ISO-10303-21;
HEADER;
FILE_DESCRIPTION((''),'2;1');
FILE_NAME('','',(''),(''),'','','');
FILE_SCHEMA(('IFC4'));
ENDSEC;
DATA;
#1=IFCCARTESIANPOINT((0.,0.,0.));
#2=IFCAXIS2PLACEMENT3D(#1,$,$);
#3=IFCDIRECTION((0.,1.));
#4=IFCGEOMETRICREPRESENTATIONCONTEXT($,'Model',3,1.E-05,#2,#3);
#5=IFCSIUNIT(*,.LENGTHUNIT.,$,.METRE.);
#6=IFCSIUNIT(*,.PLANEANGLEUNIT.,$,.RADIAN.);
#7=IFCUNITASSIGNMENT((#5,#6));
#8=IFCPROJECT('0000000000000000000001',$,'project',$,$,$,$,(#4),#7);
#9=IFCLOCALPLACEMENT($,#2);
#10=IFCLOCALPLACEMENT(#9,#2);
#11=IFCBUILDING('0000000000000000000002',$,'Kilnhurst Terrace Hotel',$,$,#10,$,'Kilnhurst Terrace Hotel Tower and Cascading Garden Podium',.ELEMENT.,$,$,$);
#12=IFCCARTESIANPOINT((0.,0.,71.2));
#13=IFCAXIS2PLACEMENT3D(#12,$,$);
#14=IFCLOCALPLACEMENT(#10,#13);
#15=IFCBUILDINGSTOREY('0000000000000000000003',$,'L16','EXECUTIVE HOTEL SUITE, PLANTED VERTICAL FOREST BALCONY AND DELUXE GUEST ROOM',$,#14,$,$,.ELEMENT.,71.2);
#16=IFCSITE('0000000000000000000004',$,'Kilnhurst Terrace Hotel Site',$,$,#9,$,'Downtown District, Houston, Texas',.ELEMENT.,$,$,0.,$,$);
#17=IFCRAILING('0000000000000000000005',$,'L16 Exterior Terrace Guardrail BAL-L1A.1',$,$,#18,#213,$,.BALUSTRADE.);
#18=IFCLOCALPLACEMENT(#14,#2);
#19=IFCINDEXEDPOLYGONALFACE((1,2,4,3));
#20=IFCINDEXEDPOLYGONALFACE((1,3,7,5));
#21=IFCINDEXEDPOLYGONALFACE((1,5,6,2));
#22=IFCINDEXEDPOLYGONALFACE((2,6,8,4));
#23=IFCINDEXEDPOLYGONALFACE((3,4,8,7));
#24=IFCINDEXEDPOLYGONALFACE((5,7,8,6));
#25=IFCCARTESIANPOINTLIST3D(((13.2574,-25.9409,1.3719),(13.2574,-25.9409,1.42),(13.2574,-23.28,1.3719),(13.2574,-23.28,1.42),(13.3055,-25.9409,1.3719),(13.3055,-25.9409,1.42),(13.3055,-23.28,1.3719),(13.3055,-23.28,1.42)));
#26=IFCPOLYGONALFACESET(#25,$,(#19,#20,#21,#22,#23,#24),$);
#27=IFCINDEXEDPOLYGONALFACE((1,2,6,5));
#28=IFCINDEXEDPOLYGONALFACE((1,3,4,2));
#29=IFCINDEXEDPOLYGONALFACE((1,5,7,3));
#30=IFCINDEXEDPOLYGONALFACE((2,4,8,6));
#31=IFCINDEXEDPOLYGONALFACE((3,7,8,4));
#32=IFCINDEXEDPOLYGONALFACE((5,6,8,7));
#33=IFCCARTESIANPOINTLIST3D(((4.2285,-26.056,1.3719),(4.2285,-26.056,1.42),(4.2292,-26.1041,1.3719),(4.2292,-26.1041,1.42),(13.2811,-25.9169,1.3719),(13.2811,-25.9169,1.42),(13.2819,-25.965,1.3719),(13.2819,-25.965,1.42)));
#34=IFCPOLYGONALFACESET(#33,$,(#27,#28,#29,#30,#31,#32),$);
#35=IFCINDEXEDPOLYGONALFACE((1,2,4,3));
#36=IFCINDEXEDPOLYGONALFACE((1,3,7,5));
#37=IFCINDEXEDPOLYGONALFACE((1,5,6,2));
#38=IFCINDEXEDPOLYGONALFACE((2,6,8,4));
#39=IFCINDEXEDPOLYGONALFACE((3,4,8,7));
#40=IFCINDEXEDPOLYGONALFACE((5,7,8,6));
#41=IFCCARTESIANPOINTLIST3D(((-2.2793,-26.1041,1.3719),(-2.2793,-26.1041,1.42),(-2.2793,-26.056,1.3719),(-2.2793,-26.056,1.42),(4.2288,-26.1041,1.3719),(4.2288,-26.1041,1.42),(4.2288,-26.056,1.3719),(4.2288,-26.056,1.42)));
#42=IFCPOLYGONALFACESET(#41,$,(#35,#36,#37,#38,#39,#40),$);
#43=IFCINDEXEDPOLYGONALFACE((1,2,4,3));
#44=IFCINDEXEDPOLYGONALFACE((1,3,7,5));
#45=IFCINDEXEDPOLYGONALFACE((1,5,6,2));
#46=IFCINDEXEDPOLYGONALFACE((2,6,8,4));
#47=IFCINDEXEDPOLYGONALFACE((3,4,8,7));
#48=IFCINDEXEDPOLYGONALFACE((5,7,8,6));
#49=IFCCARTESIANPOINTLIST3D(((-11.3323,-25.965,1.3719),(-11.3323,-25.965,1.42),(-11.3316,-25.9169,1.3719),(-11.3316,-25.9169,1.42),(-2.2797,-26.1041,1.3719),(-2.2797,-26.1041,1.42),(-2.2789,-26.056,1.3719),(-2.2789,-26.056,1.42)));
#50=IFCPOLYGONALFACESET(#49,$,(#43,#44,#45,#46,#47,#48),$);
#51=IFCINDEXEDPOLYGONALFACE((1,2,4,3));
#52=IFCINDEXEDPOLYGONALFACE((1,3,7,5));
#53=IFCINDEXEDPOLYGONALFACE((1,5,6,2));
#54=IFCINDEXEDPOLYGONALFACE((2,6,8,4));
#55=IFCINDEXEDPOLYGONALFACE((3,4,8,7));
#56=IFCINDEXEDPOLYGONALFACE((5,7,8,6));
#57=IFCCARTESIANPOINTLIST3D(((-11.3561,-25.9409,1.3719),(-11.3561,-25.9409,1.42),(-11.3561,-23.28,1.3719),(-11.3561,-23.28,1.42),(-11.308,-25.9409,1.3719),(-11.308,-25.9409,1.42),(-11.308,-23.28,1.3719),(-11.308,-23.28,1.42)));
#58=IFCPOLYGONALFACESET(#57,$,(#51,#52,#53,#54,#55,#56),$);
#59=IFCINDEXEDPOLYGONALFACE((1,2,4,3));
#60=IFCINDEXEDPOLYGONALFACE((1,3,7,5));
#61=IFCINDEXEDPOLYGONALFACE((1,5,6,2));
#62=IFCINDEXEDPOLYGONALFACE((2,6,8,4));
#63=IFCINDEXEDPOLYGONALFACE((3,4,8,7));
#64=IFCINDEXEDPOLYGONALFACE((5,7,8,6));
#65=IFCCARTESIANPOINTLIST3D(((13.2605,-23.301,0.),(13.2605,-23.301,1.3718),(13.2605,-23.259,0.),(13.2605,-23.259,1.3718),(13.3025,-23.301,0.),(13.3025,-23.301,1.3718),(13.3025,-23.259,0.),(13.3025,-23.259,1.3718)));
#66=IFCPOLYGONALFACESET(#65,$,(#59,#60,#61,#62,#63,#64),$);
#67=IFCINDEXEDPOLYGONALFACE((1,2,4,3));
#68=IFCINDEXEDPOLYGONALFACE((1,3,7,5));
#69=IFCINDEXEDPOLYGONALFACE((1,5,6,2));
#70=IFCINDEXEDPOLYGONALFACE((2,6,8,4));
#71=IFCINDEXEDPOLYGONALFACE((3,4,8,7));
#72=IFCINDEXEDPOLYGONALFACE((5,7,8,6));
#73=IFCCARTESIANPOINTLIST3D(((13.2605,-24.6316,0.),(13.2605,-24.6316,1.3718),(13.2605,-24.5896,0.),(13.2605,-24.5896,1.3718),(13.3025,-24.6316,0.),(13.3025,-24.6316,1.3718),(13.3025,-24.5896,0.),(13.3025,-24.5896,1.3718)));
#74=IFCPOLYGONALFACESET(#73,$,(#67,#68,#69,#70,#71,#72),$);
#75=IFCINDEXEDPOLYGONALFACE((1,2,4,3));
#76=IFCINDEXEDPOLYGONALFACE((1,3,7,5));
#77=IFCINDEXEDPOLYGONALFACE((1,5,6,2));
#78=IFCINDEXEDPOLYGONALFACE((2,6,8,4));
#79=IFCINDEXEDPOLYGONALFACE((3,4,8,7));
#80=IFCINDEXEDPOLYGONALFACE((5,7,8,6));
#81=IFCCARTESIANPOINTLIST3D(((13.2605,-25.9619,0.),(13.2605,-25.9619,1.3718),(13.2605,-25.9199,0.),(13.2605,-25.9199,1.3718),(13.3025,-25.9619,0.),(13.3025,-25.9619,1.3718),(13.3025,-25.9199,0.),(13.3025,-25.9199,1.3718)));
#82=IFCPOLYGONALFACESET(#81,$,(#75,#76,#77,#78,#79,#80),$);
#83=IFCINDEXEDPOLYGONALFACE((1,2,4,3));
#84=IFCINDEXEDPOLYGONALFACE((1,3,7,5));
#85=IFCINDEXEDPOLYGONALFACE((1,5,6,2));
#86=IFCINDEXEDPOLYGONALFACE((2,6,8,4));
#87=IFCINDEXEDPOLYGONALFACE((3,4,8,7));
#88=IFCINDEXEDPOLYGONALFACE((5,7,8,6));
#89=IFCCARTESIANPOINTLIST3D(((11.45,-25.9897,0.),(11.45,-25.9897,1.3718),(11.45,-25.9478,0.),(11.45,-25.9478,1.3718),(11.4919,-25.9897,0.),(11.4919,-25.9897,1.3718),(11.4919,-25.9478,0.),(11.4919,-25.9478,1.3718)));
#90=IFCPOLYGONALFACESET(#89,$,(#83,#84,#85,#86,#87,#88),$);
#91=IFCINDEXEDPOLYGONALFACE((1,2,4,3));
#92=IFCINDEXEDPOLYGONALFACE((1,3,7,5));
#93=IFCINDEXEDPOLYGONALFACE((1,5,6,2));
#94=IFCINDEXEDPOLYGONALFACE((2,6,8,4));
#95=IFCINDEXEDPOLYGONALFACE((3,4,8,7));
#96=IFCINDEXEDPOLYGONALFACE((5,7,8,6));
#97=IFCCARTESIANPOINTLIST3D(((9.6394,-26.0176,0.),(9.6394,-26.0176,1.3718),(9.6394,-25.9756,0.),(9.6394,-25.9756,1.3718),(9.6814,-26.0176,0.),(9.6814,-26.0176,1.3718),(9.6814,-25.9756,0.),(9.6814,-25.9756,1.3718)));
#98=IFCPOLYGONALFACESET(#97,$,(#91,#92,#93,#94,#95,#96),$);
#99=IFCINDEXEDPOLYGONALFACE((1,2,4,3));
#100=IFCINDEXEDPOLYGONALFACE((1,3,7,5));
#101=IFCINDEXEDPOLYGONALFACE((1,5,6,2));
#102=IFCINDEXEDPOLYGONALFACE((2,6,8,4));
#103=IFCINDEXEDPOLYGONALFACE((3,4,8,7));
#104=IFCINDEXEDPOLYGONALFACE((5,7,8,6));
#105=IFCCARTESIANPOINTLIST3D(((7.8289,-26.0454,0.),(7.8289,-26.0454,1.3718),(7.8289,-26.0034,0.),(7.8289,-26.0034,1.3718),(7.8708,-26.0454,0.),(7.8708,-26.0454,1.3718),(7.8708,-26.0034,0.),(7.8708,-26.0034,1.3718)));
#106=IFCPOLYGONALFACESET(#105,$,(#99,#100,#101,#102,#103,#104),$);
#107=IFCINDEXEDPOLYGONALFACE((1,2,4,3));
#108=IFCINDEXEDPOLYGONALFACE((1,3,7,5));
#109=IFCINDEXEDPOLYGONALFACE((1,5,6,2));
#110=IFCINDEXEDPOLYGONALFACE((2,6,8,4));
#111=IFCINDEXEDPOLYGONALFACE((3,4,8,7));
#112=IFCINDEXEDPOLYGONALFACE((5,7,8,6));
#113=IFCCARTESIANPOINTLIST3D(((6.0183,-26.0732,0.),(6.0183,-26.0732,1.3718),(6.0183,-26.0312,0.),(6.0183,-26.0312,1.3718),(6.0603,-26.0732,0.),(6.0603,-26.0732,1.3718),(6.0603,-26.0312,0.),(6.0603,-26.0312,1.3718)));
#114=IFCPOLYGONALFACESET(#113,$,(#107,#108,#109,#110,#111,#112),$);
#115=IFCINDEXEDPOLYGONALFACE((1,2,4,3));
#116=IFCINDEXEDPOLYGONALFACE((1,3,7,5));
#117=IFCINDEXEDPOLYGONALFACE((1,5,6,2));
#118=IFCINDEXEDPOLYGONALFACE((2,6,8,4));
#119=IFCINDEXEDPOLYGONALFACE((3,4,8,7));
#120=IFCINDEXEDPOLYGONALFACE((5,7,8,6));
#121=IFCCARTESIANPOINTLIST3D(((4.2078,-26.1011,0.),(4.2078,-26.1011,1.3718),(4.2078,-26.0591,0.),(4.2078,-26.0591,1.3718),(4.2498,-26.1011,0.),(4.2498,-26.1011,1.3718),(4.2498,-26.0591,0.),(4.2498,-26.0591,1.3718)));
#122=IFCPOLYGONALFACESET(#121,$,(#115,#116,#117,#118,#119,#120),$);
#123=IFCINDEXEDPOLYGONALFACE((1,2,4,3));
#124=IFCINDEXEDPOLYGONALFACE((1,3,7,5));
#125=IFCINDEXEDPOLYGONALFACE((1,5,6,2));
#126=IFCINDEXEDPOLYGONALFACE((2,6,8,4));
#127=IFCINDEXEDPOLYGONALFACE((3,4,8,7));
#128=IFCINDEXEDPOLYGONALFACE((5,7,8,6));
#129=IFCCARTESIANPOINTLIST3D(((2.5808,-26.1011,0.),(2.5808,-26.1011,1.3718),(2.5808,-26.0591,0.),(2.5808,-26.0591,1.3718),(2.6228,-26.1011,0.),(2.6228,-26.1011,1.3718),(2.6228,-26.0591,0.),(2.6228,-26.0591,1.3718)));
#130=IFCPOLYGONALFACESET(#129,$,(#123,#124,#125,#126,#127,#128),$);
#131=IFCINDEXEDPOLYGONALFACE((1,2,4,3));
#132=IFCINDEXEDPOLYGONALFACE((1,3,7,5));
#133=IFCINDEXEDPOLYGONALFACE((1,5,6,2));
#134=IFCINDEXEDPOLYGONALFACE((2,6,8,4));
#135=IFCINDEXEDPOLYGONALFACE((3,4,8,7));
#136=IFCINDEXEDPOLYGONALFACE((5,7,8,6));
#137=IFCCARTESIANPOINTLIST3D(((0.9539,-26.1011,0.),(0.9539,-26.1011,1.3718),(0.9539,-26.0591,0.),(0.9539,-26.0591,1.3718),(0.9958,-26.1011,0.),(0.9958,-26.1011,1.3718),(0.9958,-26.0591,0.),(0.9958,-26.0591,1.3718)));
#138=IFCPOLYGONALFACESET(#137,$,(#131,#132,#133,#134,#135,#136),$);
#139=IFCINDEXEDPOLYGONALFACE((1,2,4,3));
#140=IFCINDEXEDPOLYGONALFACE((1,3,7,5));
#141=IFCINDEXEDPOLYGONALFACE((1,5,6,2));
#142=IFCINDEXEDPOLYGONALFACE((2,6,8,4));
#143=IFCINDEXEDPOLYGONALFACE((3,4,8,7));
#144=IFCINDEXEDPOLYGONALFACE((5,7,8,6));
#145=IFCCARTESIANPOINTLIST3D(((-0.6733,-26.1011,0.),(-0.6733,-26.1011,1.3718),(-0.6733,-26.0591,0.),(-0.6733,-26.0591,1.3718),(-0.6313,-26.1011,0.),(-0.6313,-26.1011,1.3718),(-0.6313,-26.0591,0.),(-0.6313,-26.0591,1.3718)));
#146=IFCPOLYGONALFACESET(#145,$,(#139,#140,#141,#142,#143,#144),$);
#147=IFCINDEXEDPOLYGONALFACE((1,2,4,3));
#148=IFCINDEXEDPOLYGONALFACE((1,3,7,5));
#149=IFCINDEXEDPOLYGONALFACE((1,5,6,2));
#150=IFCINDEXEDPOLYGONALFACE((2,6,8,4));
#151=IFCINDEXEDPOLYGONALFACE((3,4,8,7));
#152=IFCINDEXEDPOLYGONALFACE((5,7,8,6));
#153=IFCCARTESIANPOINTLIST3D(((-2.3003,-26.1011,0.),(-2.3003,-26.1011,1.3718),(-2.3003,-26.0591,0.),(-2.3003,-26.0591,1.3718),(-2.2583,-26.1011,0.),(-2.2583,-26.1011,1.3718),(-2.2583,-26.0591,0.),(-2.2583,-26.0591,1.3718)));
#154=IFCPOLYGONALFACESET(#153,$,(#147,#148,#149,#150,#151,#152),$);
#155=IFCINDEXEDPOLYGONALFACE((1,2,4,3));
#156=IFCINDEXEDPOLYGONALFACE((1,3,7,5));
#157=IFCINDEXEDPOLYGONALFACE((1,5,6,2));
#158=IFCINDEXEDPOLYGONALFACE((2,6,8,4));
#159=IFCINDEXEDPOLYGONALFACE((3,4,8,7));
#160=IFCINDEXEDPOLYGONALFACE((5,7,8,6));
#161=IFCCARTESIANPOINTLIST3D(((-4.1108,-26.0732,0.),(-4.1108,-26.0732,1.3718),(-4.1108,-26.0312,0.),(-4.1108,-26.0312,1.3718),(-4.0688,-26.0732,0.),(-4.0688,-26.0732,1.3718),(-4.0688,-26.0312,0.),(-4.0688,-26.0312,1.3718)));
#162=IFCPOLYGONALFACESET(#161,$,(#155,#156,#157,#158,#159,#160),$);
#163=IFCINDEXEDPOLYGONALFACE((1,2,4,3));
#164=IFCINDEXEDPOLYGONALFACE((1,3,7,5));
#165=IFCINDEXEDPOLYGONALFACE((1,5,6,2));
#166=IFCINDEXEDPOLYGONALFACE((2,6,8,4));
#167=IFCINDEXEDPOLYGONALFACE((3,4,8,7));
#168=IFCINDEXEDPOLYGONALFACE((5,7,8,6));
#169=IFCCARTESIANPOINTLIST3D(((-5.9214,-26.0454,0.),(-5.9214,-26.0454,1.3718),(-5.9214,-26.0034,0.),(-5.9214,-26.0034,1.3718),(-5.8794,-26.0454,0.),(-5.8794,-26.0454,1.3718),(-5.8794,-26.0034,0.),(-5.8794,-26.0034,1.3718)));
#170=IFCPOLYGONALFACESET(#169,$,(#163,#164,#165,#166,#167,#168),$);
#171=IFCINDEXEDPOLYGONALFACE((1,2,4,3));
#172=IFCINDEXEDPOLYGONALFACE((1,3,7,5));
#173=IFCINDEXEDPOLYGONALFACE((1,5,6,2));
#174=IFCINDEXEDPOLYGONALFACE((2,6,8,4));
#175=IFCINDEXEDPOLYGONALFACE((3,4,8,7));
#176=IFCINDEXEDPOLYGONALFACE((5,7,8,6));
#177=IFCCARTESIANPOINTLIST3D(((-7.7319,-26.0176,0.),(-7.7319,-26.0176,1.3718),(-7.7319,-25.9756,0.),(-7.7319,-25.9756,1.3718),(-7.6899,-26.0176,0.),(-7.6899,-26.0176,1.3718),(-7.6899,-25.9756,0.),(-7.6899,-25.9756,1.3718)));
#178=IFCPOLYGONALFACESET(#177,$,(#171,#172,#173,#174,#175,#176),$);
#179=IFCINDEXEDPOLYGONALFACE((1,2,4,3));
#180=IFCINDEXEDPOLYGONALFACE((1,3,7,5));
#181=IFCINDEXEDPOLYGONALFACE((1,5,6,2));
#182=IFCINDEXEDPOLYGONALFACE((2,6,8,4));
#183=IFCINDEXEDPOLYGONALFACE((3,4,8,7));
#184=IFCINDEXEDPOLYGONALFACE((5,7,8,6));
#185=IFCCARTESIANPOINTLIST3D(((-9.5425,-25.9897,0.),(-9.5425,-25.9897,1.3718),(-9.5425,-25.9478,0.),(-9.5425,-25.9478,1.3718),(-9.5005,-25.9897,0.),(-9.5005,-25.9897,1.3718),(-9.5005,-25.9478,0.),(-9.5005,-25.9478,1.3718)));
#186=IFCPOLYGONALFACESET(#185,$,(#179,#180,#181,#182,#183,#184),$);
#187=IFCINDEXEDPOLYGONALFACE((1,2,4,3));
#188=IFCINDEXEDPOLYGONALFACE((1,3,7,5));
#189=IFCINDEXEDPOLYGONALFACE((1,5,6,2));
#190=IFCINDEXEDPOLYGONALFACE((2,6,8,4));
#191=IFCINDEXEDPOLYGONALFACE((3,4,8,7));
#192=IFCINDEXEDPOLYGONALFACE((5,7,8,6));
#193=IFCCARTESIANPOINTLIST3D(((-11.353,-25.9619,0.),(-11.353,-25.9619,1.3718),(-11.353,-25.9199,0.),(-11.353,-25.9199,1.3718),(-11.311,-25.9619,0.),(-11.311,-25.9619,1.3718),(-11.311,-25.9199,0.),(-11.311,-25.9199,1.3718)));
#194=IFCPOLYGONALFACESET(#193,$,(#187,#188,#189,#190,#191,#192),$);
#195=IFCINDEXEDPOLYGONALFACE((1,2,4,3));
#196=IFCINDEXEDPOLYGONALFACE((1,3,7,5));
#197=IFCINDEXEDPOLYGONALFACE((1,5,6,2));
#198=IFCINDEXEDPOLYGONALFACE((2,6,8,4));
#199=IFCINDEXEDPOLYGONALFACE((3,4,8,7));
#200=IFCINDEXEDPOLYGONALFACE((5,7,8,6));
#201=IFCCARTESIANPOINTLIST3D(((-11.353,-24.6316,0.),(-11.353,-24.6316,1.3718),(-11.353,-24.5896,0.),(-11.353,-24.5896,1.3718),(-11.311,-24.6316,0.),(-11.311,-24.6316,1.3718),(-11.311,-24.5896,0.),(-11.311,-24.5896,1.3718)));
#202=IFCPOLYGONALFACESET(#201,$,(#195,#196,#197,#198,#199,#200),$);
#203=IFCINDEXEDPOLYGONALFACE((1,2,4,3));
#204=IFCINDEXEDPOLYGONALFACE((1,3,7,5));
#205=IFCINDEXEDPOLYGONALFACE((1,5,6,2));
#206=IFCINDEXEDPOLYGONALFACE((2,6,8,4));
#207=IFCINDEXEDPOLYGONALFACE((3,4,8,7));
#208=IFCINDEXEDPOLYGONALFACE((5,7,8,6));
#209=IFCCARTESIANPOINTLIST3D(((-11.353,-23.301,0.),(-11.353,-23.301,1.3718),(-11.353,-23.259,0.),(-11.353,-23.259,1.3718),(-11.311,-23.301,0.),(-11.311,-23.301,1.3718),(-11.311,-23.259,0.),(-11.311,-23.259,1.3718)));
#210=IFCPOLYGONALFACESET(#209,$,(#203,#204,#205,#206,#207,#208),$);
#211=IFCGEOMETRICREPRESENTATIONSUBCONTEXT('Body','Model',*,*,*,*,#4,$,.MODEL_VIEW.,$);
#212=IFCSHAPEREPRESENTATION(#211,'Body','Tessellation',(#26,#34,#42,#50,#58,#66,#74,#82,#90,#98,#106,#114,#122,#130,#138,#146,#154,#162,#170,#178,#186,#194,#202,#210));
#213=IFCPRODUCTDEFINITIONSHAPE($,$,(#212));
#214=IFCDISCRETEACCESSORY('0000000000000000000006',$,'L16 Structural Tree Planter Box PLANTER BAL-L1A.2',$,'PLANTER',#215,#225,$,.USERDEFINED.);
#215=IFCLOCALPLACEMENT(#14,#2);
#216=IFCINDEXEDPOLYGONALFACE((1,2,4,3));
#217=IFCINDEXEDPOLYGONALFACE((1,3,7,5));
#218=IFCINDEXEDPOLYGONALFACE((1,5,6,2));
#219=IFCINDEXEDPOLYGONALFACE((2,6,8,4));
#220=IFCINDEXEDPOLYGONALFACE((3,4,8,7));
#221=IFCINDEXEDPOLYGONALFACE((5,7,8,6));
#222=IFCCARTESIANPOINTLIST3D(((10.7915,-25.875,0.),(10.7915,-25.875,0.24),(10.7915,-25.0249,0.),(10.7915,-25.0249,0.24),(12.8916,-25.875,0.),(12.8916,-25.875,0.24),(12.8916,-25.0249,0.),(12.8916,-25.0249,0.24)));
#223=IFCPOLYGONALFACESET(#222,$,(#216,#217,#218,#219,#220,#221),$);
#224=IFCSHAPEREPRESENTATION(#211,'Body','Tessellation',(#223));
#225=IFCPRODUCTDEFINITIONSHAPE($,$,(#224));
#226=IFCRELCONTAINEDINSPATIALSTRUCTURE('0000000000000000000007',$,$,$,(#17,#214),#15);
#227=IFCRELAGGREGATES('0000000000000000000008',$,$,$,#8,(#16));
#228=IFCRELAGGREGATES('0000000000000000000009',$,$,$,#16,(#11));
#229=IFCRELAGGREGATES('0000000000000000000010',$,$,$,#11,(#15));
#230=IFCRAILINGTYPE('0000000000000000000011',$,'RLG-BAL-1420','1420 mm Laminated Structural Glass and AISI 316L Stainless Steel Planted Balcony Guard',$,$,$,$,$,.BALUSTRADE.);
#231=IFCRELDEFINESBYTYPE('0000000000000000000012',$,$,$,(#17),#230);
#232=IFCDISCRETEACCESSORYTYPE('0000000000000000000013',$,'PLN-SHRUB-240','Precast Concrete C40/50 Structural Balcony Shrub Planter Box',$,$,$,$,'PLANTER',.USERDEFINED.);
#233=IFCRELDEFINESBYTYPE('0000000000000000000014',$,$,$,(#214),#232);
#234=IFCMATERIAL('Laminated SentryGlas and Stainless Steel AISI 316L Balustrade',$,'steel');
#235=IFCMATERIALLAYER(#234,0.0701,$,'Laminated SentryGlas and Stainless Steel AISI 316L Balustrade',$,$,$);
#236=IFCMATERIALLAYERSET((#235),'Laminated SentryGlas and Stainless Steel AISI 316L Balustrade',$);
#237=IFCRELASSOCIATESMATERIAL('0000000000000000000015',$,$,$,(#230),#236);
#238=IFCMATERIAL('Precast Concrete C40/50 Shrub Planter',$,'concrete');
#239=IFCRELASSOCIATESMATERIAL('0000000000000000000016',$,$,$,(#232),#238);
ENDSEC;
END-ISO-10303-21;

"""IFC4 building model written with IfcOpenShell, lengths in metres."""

from ifc_helpers import new_model, si_unit, direction, frame, origin, origin_2d, place, context, subcontext, project, spatial, rectangle, extrude, material, layer, layer_set, type_object, element, save


model = new_model("IFC4")

# Units and contexts
model_context = context("Model", 3, precision=1e-05, world=origin(), true_north=direction((0.0, 1.0)))
body_context = subcontext(model_context, "Body", "Model", "MODEL_VIEW")
ifc_project = project(units=[si_unit("LENGTHUNIT", "METRE"), si_unit("PLANEANGLEUNIT", "RADIAN")], contexts=[model_context])

# Site, building, storey
site_placement = place(None, origin())
site = spatial("IfcSite", under=ifc_project, at=site_placement, Name="Kilnhurst Terrace Hotel Site", LongName="Downtown District, Houston, Texas", CompositionType="ELEMENT", RefElevation=0.0)
building_placement = place(site_placement, origin())
building = spatial("IfcBuilding", under=site, at=building_placement, Name="Kilnhurst Terrace Hotel", LongName="Kilnhurst Terrace Hotel Tower and Cascading Garden Podium", CompositionType="ELEMENT")
storey_placement = place(building_placement, frame((0.0, 0.0, 71.2)))
storey = spatial("IfcBuildingStorey", under=building, at=storey_placement, Name="L16", Description="EXECUTIVE HOTEL SUITE, PLANTED VERTICAL FOREST BALCONY AND DELUXE GUEST ROOM", CompositionType="ELEMENT", Elevation=71.2)

# Railing
ifc_material_1 = material(Name="Laminated SentryGlas and Stainless Steel AISI 316L Balustrade", Category="steel")
ifc_layer_1 = layer(ifc_material_1, 0.0701, Name="Laminated SentryGlas and Stainless Steel AISI 316L Balustrade")
ifc_layer_set_1 = layer_set([ifc_layer_1], Name="Laminated SentryGlas and Stainless Steel AISI 316L Balustrade")
railing_type = type_object("IfcRailingType", Name="RLG-BAL-1420", Description="1420 mm Laminated Structural Glass and AISI 316L Stainless Steel Planted Balcony Guard", PredefinedType="BALUSTRADE", material=ifc_layer_set_1)
railing_placement = place(storey_placement, frame((13.2815, -23.28, 0.0)))
element("IfcRailing", 1, at=railing_placement, inside=storey, type_object=railing_type, Name="L16 Exterior Terrace Guardrail BAL-L1A.1", PredefinedType="BALUSTRADE", context=body_context, shape_type="SweptSolid", body=[
    extrude(rectangle(XDim=0.0481, YDim=0.0481, at=origin_2d()), frame((0.0, 0.0, 1.396), z_axis=(0.0, -1.0, 0.0), x_axis=(1.0, 0.0, 0.0)), (0.0, 0.0, 1.0), 2.6609),
    extrude(rectangle(XDim=0.0481, YDim=0.0481, at=origin_2d()), frame((0.0, -2.6609, 1.396), z_axis=(-0.999882, -0.01537, 0.0), x_axis=(0.01537, -0.999882, 0.0)), (0.0, 0.0, 1.0), 9.0537),
    extrude(rectangle(XDim=0.0481, YDim=0.0481, at=origin_2d()), frame((-9.0527, -2.8, 1.396), z_axis=(-1.0, 0.0, 0.0), x_axis=(0.0, -1.0, 0.0)), (0.0, 0.0, 1.0), 6.5081),
    extrude(rectangle(XDim=0.0481, YDim=0.0481, at=origin_2d()), frame((-15.5608, -2.8, 1.396), z_axis=(-0.999882, 0.01537, 0.0), x_axis=(-0.01537, -0.999882, 0.0)), (0.0, 0.0, 1.0), 9.0537),
    extrude(rectangle(XDim=0.0481, YDim=0.0481, at=origin_2d()), frame((-24.6135, -2.6609, 1.396), z_axis=(0.0, 1.0, 0.0), x_axis=(-1.0, 0.0, 0.0)), (0.0, 0.0, 1.0), 2.6609),
    extrude(rectangle(XDim=0.042, YDim=0.042, at=origin_2d()), origin(), (0.0, 0.0, 1.0), 1.3718),
    extrude(rectangle(XDim=0.042, YDim=0.042, at=origin_2d()), frame((0.0, -1.3306, 0.0)), (0.0, 0.0, 1.0), 1.3718),
    extrude(rectangle(XDim=0.042, YDim=0.042, at=origin_2d()), frame((0.0, -2.6609, 0.0)), (0.0, 0.0, 1.0), 1.3718),
    extrude(rectangle(XDim=0.042, YDim=0.042, at=origin_2d()), frame((-1.8105, -2.6887, 0.0)), (0.0, 0.0, 1.0), 1.3718),
    extrude(rectangle(XDim=0.042, YDim=0.042, at=origin_2d()), frame((-3.6211, -2.7166, 0.0)), (0.0, 0.0, 1.0), 1.3718),
    extrude(rectangle(XDim=0.042, YDim=0.042, at=origin_2d()), frame((-5.4316, -2.7444, 0.0)), (0.0, 0.0, 1.0), 1.3718),
    extrude(rectangle(XDim=0.042, YDim=0.042, at=origin_2d()), frame((-7.2422, -2.7722, 0.0)), (0.0, 0.0, 1.0), 1.3718),
    extrude(rectangle(XDim=0.042, YDim=0.042, at=origin_2d()), frame((-9.0527, -2.8, 0.0)), (0.0, 0.0, 1.0), 1.3718),
    extrude(rectangle(XDim=0.042, YDim=0.042, at=origin_2d()), frame((-10.6797, -2.8, 0.0)), (0.0, 0.0, 1.0), 1.3718),
    extrude(rectangle(XDim=0.042, YDim=0.042, at=origin_2d()), frame((-12.3066, -2.8, 0.0)), (0.0, 0.0, 1.0), 1.3718),
    extrude(rectangle(XDim=0.042, YDim=0.042, at=origin_2d()), frame((-13.9338, -2.8, 0.0)), (0.0, 0.0, 1.0), 1.3718),
    extrude(rectangle(XDim=0.042, YDim=0.042, at=origin_2d()), frame((-15.5608, -2.8, 0.0)), (0.0, 0.0, 1.0), 1.3718),
    extrude(rectangle(XDim=0.042, YDim=0.042, at=origin_2d()), frame((-17.3713, -2.7722, 0.0)), (0.0, 0.0, 1.0), 1.3718),
    extrude(rectangle(XDim=0.042, YDim=0.042, at=origin_2d()), frame((-19.1819, -2.7444, 0.0)), (0.0, 0.0, 1.0), 1.3718),
    extrude(rectangle(XDim=0.042, YDim=0.042, at=origin_2d()), frame((-20.9924, -2.7166, 0.0)), (0.0, 0.0, 1.0), 1.3718),
    extrude(rectangle(XDim=0.042, YDim=0.042, at=origin_2d()), frame((-22.803, -2.6887, 0.0)), (0.0, 0.0, 1.0), 1.3718),
    extrude(rectangle(XDim=0.042, YDim=0.042, at=origin_2d()), frame((-24.6135, -2.6609, 0.0)), (0.0, 0.0, 1.0), 1.3718),
    extrude(rectangle(XDim=0.042, YDim=0.042, at=origin_2d()), frame((-24.6135, -1.3306, 0.0)), (0.0, 0.0, 1.0), 1.3718),
    extrude(rectangle(XDim=0.042, YDim=0.042, at=origin_2d()), frame((-24.6135, 0.0, 0.0)), (0.0, 0.0, 1.0), 1.3718),
])

# Discrete accessory
ifc_material_2 = material(Name="Precast Concrete C40/50 Shrub Planter", Category="concrete")
discrete_accessory_type_1 = type_object("IfcDiscreteAccessoryType", Name="PLN-SHRUB-240", Description="Precast Concrete C40/50 Structural Balcony Shrub Planter Box", ElementType="PLANTER", PredefinedType="USERDEFINED", material=ifc_material_2)
discrete_accessory_1_placement = place(storey_placement, frame((11.8416, -25.45, 0.0), z_axis=(0.0, 0.0, 1.0), x_axis=(1.0, 0.0, 0.0)))
element("IfcDiscreteAccessory", 2, at=discrete_accessory_1_placement, inside=storey, type_object=discrete_accessory_type_1, Name="L16 Structural Tree Planter Box PLANTER BAL-L1A.2", ObjectType="PLANTER", PredefinedType="USERDEFINED", context=body_context, shape_type="SweptSolid", body=[
    extrude(rectangle(XDim=2.1001, YDim=0.8501, at=origin_2d()), origin(), (0.0, 0.0, 1.0), 0.24),
])

save(model, "model.ifc")
